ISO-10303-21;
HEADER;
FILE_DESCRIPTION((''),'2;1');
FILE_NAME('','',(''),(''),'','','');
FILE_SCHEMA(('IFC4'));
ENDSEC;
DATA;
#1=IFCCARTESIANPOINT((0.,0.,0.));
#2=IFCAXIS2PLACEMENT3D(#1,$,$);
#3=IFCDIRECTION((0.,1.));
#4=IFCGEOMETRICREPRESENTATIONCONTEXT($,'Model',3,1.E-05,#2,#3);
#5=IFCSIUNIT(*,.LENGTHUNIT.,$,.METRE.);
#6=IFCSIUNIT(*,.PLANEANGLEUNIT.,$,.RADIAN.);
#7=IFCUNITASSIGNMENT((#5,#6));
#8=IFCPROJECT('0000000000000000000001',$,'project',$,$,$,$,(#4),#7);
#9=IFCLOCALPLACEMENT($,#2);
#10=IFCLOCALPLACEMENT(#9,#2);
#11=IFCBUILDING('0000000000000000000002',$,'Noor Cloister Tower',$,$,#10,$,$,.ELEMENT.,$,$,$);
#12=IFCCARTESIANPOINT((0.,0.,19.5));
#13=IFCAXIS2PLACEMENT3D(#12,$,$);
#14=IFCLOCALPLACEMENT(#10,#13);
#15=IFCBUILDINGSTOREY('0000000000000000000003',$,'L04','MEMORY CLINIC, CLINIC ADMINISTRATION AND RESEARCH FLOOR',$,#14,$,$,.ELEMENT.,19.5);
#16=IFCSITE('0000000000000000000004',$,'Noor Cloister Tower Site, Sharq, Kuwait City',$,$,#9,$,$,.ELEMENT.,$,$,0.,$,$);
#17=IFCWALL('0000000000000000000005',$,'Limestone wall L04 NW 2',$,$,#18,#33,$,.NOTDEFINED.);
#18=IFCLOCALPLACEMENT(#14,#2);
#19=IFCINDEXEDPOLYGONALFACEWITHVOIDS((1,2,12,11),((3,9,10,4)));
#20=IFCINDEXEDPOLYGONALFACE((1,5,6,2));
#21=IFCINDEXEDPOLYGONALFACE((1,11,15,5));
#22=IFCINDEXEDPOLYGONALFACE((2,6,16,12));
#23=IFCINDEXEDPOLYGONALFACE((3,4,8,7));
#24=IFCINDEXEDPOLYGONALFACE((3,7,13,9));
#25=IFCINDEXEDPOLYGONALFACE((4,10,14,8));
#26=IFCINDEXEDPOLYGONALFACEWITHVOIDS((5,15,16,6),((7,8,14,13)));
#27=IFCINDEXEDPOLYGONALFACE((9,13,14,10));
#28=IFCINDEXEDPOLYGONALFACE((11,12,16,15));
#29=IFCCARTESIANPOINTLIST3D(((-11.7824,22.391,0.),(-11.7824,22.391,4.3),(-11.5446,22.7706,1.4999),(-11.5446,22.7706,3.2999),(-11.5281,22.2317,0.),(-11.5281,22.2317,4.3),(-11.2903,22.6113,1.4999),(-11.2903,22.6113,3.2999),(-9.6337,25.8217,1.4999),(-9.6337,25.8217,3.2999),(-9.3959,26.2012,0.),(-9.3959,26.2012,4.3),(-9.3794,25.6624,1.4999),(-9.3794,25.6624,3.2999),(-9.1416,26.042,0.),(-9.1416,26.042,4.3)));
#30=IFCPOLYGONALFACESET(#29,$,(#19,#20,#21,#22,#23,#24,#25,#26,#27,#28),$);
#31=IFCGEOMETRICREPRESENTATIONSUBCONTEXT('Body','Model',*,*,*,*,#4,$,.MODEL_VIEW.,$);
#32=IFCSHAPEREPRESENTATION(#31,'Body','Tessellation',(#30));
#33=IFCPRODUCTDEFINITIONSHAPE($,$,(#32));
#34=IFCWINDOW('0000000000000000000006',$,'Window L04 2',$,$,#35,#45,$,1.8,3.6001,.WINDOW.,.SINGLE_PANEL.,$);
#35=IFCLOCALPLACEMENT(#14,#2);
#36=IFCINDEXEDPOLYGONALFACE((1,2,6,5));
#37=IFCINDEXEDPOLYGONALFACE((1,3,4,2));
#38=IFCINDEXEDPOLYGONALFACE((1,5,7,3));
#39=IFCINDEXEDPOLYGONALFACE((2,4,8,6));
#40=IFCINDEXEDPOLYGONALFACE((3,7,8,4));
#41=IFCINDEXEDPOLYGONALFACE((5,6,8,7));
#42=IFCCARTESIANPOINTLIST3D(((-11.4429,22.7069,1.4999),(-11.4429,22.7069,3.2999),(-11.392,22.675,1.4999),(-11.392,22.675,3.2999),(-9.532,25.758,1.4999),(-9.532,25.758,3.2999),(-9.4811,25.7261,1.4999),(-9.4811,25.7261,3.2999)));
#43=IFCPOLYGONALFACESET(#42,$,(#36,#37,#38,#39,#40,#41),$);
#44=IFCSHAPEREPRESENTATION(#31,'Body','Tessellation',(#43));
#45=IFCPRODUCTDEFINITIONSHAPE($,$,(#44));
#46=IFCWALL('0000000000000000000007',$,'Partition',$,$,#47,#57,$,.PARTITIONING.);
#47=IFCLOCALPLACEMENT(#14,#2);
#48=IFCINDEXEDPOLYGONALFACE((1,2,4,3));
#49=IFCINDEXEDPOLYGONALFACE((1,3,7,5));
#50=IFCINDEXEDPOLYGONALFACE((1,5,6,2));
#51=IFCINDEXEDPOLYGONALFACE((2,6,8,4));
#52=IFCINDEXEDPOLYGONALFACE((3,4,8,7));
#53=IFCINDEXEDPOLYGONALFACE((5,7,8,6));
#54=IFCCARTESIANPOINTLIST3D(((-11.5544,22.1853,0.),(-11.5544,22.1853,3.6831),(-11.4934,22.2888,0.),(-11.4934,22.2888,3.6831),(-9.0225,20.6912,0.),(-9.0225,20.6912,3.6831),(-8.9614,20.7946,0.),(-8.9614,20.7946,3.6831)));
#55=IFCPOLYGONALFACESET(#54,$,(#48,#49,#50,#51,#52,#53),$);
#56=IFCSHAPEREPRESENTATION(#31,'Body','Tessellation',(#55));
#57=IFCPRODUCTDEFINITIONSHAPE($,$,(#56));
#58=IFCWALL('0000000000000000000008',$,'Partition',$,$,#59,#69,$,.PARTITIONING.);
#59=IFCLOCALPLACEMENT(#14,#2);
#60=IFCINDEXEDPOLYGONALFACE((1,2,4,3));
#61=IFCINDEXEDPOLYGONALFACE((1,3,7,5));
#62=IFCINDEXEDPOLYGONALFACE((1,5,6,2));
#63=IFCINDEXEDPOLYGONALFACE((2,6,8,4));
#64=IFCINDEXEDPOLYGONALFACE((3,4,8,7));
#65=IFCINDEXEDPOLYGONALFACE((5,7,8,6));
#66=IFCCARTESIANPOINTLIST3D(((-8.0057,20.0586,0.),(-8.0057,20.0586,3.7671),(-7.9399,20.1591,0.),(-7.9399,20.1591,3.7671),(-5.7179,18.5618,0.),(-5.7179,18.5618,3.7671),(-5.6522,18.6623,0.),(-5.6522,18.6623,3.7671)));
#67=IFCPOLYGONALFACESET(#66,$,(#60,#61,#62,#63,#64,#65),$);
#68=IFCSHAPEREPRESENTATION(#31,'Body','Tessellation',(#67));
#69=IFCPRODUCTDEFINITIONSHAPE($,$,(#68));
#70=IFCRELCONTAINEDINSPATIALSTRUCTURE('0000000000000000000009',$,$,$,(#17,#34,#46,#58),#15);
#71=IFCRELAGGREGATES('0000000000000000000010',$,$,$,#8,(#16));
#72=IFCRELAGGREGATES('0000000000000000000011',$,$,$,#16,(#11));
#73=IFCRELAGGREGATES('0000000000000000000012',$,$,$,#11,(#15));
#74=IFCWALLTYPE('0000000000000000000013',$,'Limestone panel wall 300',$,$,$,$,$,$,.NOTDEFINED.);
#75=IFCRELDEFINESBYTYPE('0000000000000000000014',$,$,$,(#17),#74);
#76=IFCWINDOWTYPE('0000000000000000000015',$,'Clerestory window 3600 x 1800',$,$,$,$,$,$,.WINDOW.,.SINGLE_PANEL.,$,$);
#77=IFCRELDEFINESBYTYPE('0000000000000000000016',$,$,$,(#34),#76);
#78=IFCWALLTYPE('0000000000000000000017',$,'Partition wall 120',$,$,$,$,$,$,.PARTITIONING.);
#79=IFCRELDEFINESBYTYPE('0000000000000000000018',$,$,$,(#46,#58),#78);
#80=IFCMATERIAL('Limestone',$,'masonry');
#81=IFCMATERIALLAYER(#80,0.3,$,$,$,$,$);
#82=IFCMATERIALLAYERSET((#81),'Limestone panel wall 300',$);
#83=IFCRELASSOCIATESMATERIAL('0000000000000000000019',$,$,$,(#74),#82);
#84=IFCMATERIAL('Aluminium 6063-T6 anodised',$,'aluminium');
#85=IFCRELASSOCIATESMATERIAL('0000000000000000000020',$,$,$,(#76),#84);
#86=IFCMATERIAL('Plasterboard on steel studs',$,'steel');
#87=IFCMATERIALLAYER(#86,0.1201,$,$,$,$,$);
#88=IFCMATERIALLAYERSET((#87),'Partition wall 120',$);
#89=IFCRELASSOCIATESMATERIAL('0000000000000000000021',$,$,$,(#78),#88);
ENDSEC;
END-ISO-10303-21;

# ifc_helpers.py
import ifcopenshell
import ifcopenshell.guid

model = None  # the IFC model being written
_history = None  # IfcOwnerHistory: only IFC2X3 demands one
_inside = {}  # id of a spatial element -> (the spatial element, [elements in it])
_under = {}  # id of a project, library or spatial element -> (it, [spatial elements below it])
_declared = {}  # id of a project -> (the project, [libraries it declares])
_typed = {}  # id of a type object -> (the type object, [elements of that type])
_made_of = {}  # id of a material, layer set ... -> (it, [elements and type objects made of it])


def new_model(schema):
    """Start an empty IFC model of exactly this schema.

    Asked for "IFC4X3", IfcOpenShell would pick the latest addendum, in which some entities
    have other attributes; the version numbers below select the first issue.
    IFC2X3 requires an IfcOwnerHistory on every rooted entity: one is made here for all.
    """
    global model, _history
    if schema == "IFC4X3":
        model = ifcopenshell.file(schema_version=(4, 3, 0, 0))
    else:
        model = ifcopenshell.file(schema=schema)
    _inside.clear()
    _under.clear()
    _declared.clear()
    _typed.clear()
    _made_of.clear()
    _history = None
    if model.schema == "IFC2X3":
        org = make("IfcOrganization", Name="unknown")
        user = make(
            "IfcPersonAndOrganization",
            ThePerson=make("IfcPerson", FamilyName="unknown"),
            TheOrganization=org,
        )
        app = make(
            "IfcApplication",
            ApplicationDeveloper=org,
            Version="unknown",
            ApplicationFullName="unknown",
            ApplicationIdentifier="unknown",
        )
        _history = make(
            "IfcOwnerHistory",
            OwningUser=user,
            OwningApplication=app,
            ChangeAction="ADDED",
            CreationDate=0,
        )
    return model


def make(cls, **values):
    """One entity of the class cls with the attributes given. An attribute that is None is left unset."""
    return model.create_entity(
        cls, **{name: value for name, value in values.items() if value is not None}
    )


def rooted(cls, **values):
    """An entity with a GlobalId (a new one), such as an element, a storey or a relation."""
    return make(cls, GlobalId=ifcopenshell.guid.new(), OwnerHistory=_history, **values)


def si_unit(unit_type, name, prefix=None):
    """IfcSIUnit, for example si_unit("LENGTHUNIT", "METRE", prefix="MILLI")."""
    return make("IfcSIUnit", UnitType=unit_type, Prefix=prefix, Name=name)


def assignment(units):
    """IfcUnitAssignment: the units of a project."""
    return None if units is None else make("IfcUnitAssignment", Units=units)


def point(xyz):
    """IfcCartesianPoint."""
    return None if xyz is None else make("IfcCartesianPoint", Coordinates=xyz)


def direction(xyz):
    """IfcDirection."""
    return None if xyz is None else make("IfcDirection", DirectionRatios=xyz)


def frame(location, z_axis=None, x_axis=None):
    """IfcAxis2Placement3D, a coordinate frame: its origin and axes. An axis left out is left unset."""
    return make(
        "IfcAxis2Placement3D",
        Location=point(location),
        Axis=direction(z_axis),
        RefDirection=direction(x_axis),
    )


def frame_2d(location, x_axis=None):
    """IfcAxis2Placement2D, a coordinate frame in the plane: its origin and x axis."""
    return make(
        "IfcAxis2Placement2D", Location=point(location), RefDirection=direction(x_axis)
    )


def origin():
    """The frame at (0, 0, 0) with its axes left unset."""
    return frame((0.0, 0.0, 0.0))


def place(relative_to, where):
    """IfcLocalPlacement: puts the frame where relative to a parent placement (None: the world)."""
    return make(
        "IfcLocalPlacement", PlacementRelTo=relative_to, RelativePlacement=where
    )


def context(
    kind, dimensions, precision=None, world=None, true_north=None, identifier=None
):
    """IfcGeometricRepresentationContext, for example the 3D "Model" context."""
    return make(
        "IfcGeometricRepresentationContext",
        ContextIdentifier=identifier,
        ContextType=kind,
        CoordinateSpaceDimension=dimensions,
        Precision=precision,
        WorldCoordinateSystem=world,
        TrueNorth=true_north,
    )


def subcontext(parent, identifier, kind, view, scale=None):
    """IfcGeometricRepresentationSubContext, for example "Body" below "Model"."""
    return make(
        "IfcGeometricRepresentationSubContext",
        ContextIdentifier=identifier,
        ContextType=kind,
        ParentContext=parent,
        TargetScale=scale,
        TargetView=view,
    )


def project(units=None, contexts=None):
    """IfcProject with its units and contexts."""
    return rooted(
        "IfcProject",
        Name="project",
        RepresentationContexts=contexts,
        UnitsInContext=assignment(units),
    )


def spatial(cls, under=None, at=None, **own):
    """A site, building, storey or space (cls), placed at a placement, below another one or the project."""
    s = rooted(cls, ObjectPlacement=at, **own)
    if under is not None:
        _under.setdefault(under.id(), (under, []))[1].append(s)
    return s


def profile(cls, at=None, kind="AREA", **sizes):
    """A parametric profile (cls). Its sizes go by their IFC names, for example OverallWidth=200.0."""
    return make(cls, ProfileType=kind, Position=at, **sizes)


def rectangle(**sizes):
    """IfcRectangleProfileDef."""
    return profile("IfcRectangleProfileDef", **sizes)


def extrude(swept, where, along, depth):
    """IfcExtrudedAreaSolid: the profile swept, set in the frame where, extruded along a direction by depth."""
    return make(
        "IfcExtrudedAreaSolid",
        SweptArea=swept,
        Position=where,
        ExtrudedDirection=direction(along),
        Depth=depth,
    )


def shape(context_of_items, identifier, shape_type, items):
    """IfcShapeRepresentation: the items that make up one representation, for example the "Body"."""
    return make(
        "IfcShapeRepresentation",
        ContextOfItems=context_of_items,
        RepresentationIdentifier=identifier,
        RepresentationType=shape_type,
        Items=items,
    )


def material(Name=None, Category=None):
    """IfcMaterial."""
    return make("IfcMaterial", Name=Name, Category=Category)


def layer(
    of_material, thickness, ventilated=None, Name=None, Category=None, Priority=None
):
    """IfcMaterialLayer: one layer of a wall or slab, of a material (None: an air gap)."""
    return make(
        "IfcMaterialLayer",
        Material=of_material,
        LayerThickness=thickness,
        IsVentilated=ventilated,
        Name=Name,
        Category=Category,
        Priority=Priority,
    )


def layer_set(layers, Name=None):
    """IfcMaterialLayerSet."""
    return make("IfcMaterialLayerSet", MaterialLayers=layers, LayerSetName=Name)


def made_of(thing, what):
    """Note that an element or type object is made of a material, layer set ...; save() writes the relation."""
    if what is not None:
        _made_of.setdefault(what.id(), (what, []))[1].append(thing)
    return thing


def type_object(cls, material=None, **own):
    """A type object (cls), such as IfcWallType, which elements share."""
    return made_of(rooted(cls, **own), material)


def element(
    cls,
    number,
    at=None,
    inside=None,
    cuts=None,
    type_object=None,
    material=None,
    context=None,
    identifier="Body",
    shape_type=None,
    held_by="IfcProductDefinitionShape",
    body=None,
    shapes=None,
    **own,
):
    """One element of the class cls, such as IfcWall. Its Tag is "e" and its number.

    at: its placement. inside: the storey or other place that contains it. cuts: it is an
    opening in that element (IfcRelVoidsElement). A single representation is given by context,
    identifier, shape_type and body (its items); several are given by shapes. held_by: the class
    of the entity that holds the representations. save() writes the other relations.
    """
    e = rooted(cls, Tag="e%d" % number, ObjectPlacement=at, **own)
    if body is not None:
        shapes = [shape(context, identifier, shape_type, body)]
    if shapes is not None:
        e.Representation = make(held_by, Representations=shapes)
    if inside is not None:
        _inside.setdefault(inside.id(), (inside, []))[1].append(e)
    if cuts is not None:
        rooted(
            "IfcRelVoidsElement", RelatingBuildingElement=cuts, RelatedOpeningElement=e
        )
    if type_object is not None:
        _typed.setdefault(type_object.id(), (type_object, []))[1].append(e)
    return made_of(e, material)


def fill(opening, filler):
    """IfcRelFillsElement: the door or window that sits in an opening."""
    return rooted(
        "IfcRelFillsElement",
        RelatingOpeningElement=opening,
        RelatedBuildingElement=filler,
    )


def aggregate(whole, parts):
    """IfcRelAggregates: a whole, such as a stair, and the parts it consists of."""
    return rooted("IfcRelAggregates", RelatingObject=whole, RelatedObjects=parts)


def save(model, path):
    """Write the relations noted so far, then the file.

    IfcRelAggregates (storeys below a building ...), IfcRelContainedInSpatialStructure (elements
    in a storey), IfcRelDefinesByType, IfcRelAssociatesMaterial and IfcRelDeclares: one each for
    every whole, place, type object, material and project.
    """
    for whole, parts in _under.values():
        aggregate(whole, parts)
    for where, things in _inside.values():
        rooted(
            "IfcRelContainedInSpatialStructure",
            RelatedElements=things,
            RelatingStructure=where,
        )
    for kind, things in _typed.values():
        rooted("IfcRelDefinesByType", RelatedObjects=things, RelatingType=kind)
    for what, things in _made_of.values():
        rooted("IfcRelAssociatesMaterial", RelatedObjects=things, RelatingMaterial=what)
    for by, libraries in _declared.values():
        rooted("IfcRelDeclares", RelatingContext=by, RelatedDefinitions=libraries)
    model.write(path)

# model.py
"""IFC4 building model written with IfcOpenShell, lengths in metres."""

from ifc_helpers import new_model, si_unit, direction, frame, frame_2d, origin, place, context, subcontext, project, spatial, rectangle, extrude, material, layer, layer_set, type_object, element, fill, save


model = new_model("IFC4")

# Units and contexts
model_context = context("Model", 3, precision=1e-05, world=origin(), true_north=direction((0.0, 1.0)))
body_context = subcontext(model_context, "Body", "Model", "MODEL_VIEW")
ifc_project = project(units=[si_unit("LENGTHUNIT", "METRE"), si_unit("PLANEANGLEUNIT", "RADIAN")], contexts=[model_context])

# Site, building, storey
site_placement = place(None, origin())
site = spatial("IfcSite", under=ifc_project, at=site_placement, Name="Noor Cloister Tower Site, Sharq, Kuwait City", CompositionType="ELEMENT", RefElevation=0.0)
building_placement = place(site_placement, origin())
building = spatial("IfcBuilding", under=site, at=building_placement, Name="Noor Cloister Tower", CompositionType="ELEMENT")
storey_placement = place(building_placement, frame((0.0, 0.0, 19.5)))
storey = spatial("IfcBuildingStorey", under=building, at=storey_placement, Name="L04", Description="MEMORY CLINIC, CLINIC ADMINISTRATION AND RESEARCH FLOOR", CompositionType="ELEMENT", Elevation=19.5)

# Wall, opening, window
ifc_material_1 = material(Name="Limestone", Category="masonry")
ifc_layer_1 = layer(ifc_material_1, 0.3)
ifc_layer_set_1 = layer_set([ifc_layer_1], Name="Limestone panel wall 300")
wall_type_1 = type_object("IfcWallType", Name="Limestone panel wall 300", PredefinedType="NOTDEFINED", material=ifc_layer_set_1)
wall_1_placement = place(storey_placement, frame((-11.6553, 22.3113, 0.0), z_axis=(0.0, 0.0, 1.0), x_axis=(0.530804, 0.847495, 0.0)))
wall_1 = element("IfcWall", 1, at=wall_1_placement, inside=storey, type_object=wall_type_1, Name="Limestone wall L04 NW 2", PredefinedType="NOTDEFINED", context=body_context, shape_type="SweptSolid", body=[
    extrude(rectangle(XDim=4.4958, YDim=0.3, at=frame_2d((2.248, 0.0))), origin(), (0.0, 0.0, 1.0), 4.3),
])
opening_1_placement = place(wall_1_placement, frame((0.448, 0.0, 1.5)))
opening_1 = element("IfcOpeningElement", 2, at=opening_1_placement, cuts=wall_1, PredefinedType="OPENING", context=body_context, shape_type="SweptSolid", body=[
    extrude(rectangle(XDim=3.6001, YDim=1.8, at=frame_2d((1.8, 0.8999))), frame((0.0, 0.1602, 0.0), z_axis=(0.0, -1.0, 0.0), x_axis=(1.0, 0.0, 0.0)), (0.0, 0.0, 1.0), 0.3201),
])
ifc_material_2 = material(Name="Aluminium 6063-T6 anodised", Category="aluminium")
window_type_1 = type_object("IfcWindowType", Name="Clerestory window 3600 x 1800", PartitioningType="SINGLE_PANEL", PredefinedType="WINDOW", material=ifc_material_2)
window_1_placement = place(opening_1_placement, origin())
window_1 = element("IfcWindow", 3, at=window_1_placement, inside=storey, type_object=window_type_1, Name="Window L04 2", OverallHeight=1.8, OverallWidth=3.6001, PartitioningType="SINGLE_PANEL", PredefinedType="WINDOW", context=body_context, shape_type="SweptSolid", body=[
    extrude(rectangle(XDim=3.6001, YDim=1.8, at=frame_2d((1.8, 0.8999))), frame((0.0, 0.03, 0.0), z_axis=(0.0, -1.0, 0.0), x_axis=(1.0, 0.0, 0.0)), (0.0, 0.0, 1.0), 0.0601),
])
fill(opening_1, window_1)

# Walls
ifc_material_3 = material(Name="Plasterboard on steel studs", Category="steel")
ifc_layer_2 = layer(ifc_material_3, 0.1201)
ifc_layer_set_2 = layer_set([ifc_layer_2], Name="Partition wall 120")
wall_type_2 = type_object("IfcWallType", Name="Partition wall 120", PredefinedType="PARTITIONING", material=ifc_layer_set_2)
wall_2_placement = place(storey_placement, frame((-8.9919, 20.7429, 0.0), z_axis=(0.0, 0.0, 1.0), x_axis=(-0.861229, 0.508217, 0.0)))
element("IfcWall", 4, at=wall_2_placement, inside=storey, type_object=wall_type_2, Name="Partition", PredefinedType="PARTITIONING", context=body_context, shape_type="SweptSolid", body=[
    extrude(rectangle(XDim=2.9399, YDim=0.1201, at=frame_2d((1.47, 0.0))), origin(), (0.0, 0.0, 1.0), 3.6831),
])
wall_3_placement = place(storey_placement, frame((-5.6851, 18.6121, 0.0), z_axis=(0.0, 0.0, 1.0), x_axis=(-0.836814, 0.547488, 0.0)))
element("IfcWall", 5, at=wall_3_placement, inside=storey, type_object=wall_type_2, Name="Partition", PredefinedType="PARTITIONING", context=body_context, shape_type="SweptSolid", body=[
    extrude(rectangle(XDim=2.7339, YDim=0.1201, at=frame_2d((1.3669, 0.0))), origin(), (0.0, 0.0, 1.0), 3.7671),
])

save(model, "model.ifc")
